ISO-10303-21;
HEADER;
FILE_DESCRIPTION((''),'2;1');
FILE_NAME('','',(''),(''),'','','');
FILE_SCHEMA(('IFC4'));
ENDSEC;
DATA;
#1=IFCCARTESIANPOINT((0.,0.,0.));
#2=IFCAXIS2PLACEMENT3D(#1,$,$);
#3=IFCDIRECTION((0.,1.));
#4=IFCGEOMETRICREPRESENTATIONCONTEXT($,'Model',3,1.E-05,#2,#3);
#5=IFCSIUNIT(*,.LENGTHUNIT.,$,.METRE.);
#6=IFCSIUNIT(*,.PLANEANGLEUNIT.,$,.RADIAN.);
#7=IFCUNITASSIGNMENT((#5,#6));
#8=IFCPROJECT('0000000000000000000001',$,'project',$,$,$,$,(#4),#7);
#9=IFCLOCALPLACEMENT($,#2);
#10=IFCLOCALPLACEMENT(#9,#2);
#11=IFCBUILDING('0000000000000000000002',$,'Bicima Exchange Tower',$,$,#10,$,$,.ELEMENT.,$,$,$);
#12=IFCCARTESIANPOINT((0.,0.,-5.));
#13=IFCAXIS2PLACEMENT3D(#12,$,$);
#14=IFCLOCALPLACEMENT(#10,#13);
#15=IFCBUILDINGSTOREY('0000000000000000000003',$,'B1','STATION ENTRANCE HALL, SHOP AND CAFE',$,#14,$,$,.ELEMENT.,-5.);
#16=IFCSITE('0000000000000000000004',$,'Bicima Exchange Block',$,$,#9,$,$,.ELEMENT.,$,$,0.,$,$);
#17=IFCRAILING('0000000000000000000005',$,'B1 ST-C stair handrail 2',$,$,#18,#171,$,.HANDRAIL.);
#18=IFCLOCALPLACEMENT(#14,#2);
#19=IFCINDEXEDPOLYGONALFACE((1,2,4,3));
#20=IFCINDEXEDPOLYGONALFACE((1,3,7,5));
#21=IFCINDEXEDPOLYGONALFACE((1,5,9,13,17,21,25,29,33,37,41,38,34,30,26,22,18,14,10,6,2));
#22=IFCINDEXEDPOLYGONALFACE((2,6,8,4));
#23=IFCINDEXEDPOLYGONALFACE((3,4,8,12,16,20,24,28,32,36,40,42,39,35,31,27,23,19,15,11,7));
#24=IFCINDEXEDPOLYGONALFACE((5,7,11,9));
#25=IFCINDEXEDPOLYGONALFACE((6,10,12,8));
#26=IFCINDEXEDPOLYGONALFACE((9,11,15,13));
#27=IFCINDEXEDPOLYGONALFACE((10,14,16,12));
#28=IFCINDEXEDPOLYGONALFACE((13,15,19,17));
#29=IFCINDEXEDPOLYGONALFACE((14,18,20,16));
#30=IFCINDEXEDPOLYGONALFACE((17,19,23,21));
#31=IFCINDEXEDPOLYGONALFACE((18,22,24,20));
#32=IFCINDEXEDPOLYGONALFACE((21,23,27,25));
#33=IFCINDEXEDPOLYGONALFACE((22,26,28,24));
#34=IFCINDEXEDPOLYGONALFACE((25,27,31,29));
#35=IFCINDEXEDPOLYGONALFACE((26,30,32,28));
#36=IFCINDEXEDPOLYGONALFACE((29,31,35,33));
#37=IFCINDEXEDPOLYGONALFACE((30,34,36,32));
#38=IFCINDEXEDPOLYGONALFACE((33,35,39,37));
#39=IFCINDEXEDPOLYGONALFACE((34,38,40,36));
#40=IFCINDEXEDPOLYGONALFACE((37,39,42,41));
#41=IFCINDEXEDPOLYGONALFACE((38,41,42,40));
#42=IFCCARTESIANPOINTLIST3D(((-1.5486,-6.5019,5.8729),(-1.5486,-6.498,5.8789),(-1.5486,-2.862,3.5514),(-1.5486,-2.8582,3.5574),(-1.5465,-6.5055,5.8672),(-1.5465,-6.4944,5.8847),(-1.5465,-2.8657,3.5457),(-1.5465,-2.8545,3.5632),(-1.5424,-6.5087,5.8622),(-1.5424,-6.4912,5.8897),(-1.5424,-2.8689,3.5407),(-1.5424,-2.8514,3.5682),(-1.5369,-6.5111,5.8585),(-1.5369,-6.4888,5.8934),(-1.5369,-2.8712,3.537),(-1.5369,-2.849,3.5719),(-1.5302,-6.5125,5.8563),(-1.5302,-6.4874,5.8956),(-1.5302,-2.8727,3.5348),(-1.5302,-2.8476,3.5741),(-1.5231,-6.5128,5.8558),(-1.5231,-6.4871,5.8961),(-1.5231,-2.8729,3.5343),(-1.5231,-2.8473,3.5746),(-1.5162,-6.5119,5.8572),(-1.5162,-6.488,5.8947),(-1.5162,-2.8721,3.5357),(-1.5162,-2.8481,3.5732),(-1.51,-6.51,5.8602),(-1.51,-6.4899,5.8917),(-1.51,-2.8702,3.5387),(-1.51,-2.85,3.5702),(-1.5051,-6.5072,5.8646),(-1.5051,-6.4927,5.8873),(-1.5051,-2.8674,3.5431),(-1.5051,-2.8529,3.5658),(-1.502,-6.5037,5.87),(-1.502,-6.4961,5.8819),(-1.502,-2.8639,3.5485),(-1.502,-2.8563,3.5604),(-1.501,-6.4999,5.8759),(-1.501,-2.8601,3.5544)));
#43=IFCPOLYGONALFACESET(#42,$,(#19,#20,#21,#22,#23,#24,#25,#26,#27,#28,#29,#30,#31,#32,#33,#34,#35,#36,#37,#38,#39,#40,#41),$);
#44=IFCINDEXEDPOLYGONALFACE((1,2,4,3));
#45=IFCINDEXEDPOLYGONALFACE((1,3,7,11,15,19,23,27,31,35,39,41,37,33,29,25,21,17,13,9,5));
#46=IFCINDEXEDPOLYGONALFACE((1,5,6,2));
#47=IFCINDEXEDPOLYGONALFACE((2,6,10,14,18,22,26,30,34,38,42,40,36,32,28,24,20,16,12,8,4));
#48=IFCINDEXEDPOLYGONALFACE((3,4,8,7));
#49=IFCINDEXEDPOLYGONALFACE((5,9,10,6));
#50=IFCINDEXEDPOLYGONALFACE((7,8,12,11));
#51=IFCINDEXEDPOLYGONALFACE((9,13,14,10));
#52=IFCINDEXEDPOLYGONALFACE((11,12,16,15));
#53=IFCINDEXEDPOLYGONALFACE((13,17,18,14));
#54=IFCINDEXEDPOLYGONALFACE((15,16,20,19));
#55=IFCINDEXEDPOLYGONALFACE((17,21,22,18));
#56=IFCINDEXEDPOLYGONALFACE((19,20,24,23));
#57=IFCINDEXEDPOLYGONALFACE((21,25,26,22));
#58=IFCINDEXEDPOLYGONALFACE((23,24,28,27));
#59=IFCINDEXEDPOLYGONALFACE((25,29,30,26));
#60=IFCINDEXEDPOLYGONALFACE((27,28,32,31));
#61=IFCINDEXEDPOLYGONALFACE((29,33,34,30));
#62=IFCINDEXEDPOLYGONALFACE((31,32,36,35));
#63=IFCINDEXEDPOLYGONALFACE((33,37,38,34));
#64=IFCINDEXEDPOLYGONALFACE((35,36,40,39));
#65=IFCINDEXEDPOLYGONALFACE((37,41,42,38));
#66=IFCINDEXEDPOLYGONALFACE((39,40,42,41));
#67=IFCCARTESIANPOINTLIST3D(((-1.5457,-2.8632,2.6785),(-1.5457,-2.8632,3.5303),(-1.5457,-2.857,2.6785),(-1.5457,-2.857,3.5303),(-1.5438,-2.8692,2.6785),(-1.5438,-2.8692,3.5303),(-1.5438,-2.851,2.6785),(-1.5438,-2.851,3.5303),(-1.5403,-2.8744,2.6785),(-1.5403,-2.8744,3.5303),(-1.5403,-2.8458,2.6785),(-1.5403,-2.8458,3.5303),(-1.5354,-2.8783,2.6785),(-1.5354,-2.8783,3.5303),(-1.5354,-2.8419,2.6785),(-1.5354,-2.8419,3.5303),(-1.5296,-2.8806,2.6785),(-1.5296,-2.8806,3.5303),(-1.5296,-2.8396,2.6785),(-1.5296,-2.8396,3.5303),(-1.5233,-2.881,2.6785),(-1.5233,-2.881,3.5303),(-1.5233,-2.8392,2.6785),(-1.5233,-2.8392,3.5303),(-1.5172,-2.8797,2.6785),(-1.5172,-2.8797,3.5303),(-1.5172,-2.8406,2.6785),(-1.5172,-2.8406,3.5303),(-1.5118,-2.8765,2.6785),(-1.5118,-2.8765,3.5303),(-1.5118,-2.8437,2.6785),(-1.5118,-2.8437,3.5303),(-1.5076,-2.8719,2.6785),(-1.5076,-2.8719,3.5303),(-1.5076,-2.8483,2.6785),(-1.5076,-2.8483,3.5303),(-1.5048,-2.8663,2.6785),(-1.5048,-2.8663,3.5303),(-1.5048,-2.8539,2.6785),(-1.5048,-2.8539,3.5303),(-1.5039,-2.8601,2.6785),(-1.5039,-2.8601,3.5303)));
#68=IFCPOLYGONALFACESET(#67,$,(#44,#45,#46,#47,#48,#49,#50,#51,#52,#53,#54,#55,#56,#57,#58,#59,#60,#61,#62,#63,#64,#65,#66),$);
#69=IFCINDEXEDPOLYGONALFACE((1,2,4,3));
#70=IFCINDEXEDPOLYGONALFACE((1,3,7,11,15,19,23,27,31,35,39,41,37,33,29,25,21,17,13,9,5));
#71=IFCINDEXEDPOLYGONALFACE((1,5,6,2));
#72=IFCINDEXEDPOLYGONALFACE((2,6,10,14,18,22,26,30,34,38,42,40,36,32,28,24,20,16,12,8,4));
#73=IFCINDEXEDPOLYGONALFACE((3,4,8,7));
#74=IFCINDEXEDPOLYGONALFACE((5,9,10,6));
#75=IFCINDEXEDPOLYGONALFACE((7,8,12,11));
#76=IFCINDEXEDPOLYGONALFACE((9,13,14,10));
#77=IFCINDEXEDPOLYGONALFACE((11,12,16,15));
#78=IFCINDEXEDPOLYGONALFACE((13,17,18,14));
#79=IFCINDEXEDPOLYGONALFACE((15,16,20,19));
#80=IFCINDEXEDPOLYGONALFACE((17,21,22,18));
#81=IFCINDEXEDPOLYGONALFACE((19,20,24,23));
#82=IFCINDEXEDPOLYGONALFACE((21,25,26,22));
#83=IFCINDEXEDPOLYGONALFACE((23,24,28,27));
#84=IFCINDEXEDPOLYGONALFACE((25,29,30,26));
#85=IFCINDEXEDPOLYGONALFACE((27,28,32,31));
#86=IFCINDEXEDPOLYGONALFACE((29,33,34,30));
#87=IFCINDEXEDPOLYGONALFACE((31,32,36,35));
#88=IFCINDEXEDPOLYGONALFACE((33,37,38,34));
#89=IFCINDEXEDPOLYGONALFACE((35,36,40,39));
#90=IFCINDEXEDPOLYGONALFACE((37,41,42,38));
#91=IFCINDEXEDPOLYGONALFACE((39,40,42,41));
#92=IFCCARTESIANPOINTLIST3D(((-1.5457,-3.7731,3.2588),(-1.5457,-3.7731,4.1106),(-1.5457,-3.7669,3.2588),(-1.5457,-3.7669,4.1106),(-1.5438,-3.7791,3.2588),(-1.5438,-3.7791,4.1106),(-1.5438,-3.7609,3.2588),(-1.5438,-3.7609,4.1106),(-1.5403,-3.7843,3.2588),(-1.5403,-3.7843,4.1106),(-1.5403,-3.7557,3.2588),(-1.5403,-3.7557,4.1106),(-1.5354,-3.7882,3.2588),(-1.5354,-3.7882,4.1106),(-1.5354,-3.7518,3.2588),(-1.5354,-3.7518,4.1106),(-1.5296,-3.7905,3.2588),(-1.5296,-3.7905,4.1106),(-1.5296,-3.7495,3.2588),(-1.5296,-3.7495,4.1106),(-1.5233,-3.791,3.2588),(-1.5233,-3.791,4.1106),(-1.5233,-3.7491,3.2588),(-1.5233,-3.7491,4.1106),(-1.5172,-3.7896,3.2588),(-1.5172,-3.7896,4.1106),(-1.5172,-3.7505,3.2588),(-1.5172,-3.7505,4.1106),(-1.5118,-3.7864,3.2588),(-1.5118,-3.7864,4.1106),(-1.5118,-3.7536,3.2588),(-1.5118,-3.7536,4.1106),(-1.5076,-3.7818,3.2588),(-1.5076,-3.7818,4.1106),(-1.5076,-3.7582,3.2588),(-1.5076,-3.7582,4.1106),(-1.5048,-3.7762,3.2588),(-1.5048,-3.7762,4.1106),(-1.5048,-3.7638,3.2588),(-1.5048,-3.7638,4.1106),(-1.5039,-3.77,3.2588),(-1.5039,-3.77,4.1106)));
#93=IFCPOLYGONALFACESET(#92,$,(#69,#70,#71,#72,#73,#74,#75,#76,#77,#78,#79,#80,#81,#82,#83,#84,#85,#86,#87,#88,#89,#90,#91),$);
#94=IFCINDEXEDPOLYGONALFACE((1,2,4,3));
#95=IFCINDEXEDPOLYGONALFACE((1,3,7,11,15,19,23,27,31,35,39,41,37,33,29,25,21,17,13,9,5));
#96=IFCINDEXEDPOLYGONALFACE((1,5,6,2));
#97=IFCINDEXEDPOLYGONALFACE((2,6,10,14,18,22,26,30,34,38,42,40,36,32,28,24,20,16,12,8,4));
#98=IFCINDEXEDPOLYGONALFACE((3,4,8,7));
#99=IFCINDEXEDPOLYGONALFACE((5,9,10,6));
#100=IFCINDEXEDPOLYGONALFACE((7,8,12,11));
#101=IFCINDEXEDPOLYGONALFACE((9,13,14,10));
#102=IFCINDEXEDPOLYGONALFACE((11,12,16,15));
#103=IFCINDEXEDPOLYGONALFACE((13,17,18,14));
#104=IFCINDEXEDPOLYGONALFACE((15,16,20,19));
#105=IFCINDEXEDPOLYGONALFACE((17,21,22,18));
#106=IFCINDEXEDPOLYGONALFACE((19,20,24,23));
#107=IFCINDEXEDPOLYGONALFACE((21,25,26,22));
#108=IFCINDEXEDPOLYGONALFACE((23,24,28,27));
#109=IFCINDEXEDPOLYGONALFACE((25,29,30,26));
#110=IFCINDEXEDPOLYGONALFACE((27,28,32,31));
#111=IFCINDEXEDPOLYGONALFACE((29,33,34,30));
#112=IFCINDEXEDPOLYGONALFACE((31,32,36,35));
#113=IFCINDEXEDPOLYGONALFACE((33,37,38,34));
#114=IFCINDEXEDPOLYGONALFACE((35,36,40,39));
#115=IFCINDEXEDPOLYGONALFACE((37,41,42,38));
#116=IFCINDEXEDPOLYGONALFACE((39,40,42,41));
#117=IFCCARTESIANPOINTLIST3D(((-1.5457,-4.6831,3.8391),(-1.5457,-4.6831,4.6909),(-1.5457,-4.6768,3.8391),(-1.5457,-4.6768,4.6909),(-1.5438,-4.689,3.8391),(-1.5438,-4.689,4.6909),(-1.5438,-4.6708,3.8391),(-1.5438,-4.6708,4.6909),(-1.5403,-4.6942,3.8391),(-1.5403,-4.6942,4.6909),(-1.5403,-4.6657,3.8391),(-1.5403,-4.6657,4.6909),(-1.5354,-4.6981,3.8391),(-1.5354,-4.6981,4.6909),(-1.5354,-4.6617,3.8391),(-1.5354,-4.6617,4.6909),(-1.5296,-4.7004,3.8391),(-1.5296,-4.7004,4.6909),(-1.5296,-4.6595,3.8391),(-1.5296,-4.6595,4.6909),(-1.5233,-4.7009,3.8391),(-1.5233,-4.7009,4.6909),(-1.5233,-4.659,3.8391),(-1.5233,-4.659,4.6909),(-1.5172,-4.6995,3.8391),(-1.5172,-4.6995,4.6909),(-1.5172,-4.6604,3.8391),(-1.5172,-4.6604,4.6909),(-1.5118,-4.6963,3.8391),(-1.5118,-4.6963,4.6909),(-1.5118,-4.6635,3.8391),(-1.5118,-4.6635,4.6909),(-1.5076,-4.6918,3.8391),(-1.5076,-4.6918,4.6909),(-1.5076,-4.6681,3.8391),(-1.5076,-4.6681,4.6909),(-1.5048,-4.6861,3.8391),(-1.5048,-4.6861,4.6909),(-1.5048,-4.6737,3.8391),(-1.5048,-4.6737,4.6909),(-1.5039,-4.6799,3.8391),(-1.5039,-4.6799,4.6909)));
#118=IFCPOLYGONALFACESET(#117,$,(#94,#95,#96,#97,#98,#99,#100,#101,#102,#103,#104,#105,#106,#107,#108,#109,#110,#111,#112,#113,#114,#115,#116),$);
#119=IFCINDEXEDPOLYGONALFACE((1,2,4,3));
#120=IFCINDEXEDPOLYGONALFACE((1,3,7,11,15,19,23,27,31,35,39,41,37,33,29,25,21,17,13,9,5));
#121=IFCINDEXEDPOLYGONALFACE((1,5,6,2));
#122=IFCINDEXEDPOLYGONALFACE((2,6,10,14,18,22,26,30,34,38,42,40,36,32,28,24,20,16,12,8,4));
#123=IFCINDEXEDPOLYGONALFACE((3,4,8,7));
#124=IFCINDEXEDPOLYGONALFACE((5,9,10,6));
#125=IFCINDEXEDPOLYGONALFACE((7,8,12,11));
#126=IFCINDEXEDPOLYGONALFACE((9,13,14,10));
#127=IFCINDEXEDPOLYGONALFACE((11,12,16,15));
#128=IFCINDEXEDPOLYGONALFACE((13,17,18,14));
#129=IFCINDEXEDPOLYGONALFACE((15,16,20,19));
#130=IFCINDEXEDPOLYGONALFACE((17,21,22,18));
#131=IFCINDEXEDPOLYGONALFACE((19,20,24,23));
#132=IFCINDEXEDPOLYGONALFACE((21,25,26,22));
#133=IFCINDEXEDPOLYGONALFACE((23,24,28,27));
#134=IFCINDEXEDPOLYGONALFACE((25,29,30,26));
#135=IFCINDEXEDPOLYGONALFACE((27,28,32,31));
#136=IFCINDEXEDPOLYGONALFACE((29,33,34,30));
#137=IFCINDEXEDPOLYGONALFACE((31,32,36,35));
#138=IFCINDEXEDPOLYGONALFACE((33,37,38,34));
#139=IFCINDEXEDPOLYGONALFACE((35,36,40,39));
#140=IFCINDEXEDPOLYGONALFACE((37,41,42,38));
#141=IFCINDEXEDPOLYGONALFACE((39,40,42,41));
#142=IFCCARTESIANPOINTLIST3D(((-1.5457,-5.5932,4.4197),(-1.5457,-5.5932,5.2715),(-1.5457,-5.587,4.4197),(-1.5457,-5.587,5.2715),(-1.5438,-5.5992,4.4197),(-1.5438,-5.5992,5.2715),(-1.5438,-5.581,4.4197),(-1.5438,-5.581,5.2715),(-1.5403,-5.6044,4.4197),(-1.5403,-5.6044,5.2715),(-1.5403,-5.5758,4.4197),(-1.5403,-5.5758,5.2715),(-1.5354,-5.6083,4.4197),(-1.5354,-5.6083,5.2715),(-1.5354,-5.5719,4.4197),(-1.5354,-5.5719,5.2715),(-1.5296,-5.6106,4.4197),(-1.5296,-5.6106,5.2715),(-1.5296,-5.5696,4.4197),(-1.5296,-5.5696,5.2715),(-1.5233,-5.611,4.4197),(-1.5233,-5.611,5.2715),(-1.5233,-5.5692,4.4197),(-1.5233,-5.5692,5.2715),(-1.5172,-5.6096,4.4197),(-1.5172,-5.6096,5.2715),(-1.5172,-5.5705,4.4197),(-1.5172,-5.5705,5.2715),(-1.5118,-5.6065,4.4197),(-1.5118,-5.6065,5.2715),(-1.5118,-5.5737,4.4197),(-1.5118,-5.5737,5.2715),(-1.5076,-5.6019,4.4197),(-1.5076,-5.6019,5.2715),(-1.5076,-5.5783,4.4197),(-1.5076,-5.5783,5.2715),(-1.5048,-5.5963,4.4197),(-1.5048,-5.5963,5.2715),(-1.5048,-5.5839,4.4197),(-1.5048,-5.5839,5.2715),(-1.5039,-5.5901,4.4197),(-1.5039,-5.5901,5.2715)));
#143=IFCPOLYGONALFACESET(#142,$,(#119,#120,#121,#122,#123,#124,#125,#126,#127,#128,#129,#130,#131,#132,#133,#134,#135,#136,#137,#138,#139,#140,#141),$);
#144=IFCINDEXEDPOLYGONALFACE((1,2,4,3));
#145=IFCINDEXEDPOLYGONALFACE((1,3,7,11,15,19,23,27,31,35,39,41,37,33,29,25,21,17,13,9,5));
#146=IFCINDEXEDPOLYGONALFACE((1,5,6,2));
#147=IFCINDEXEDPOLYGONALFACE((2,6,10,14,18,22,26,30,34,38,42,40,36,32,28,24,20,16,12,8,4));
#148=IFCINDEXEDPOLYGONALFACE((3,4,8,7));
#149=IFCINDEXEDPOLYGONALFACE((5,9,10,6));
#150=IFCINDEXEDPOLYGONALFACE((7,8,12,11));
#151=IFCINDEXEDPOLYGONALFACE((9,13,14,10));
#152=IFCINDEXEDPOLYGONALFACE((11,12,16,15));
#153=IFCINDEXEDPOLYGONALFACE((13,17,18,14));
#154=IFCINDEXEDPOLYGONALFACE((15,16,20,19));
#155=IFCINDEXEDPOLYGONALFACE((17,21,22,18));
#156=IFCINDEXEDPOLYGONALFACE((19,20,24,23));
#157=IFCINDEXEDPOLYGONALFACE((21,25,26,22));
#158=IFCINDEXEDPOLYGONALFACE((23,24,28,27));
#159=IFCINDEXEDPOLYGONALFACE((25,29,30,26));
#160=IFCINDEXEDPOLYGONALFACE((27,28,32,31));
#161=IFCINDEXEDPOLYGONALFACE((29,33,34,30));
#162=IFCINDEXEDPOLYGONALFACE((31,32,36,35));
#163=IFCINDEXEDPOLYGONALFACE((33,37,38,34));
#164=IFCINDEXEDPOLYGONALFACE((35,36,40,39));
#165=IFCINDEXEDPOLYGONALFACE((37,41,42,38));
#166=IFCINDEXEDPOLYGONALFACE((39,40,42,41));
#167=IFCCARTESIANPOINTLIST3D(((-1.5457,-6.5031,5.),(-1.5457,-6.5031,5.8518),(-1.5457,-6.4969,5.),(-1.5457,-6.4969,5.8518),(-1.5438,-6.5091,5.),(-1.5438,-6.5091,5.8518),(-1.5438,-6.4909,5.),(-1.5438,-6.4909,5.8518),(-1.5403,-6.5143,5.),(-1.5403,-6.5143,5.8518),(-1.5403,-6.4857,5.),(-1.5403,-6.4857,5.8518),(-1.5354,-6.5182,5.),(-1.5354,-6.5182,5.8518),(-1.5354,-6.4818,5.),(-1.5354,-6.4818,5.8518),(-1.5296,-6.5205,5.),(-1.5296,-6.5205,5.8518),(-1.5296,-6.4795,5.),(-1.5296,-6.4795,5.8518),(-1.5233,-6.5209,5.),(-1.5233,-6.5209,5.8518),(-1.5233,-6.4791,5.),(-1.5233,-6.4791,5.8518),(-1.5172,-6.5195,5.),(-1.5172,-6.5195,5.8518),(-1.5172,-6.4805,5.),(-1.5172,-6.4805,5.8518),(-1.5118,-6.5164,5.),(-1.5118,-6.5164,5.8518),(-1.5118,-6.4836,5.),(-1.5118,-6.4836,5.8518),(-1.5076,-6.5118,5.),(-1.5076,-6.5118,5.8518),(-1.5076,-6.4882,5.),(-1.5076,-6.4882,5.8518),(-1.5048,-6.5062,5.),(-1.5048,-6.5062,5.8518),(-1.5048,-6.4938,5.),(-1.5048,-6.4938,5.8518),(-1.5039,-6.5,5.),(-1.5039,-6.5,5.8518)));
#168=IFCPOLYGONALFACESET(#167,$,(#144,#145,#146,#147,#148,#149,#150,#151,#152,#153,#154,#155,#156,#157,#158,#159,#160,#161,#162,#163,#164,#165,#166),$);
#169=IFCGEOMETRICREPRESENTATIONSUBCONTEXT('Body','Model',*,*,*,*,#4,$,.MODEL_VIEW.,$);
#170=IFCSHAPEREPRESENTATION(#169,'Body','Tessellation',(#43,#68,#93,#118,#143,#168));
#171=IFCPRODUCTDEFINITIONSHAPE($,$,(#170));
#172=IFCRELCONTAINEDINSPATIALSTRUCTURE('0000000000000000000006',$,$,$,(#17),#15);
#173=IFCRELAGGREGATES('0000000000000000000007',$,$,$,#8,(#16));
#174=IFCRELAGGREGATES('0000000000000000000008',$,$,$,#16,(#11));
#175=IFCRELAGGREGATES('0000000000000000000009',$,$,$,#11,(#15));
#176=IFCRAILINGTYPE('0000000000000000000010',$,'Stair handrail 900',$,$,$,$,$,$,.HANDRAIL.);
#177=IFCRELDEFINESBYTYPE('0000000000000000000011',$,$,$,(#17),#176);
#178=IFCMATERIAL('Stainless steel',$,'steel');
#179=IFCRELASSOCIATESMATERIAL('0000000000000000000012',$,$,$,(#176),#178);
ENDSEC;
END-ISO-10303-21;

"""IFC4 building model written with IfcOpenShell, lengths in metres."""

from ifc_helpers import new_model, si_unit, direction, frame, origin, origin_2d, place, context, subcontext, project, spatial, circle, extrude, material, type_object, element, save


model = new_model("IFC4")

# Units and contexts
model_context = context("Model", 3, precision=1e-05, world=origin(), true_north=direction((0.0, 1.0)))
body_context = subcontext(model_context, "Body", "Model", "MODEL_VIEW")
ifc_project = project(units=[si_unit("LENGTHUNIT", "METRE"), si_unit("PLANEANGLEUNIT", "RADIAN")], contexts=[model_context])

# Site, building, storey
site_placement = place(None, origin())
site = spatial("IfcSite", under=ifc_project, at=site_placement, Name="Bicima Exchange Block", CompositionType="ELEMENT", RefElevation=0.0)
building_placement = place(site_placement, origin())
building = spatial("IfcBuilding", under=site, at=building_placement, Name="Bicima Exchange Tower", CompositionType="ELEMENT")
storey_placement = place(building_placement, frame((0.0, 0.0, -5.0)))
storey = spatial("IfcBuildingStorey", under=building, at=storey_placement, Name="B1", Description="STATION ENTRANCE HALL, SHOP AND CAFE", CompositionType="ELEMENT", Elevation=-5.0)

# Shared definitions
ifc_material_1 = material(Name="Stainless steel", Category="steel")

# Railing
railing_type = type_object("IfcRailingType", Name="Stair handrail 900", PredefinedType="HANDRAIL", material=ifc_material_1)
railing_1_placement = place(storey_placement, frame((-1.5249, -2.8601, 2.6785)))
element("IfcRailing", 1, at=railing_1_placement, inside=storey, type_object=railing_type, Name="B1 ST-C stair handrail 2", PredefinedType="HANDRAIL", context=body_context, shape_type="SweptSolid", body=[
    extrude(circle(Radius=0.0239, at=origin_2d()), frame((0.0, 0.0, 0.876), z_axis=(0.0, -0.843112, 0.537739), x_axis=(1.0, 0.0, 0.0)), (0.0, 0.0, 1.0), 4.3171),
    extrude(circle(Radius=0.021, at=origin_2d()), origin(), (0.0, 0.0, 1.0), 0.8518),
    extrude(circle(Radius=0.021, at=origin_2d()), frame((0.0, -0.9099, 0.5803)), (0.0, 0.0, 1.0), 0.8518),
    extrude(circle(Radius=0.021, at=origin_2d()), frame((0.0, -1.8198, 1.1606)), (0.0, 0.0, 1.0), 0.8518),
    extrude(circle(Radius=0.021, at=origin_2d()), frame((0.0, -2.73, 1.7412)), (0.0, 0.0, 1.0), 0.8518),
    extrude(circle(Radius=0.021, at=origin_2d()), frame((0.0, -3.6399, 2.3215)), (0.0, 0.0, 1.0), 0.8518),
])

save(model, "model.ifc")
